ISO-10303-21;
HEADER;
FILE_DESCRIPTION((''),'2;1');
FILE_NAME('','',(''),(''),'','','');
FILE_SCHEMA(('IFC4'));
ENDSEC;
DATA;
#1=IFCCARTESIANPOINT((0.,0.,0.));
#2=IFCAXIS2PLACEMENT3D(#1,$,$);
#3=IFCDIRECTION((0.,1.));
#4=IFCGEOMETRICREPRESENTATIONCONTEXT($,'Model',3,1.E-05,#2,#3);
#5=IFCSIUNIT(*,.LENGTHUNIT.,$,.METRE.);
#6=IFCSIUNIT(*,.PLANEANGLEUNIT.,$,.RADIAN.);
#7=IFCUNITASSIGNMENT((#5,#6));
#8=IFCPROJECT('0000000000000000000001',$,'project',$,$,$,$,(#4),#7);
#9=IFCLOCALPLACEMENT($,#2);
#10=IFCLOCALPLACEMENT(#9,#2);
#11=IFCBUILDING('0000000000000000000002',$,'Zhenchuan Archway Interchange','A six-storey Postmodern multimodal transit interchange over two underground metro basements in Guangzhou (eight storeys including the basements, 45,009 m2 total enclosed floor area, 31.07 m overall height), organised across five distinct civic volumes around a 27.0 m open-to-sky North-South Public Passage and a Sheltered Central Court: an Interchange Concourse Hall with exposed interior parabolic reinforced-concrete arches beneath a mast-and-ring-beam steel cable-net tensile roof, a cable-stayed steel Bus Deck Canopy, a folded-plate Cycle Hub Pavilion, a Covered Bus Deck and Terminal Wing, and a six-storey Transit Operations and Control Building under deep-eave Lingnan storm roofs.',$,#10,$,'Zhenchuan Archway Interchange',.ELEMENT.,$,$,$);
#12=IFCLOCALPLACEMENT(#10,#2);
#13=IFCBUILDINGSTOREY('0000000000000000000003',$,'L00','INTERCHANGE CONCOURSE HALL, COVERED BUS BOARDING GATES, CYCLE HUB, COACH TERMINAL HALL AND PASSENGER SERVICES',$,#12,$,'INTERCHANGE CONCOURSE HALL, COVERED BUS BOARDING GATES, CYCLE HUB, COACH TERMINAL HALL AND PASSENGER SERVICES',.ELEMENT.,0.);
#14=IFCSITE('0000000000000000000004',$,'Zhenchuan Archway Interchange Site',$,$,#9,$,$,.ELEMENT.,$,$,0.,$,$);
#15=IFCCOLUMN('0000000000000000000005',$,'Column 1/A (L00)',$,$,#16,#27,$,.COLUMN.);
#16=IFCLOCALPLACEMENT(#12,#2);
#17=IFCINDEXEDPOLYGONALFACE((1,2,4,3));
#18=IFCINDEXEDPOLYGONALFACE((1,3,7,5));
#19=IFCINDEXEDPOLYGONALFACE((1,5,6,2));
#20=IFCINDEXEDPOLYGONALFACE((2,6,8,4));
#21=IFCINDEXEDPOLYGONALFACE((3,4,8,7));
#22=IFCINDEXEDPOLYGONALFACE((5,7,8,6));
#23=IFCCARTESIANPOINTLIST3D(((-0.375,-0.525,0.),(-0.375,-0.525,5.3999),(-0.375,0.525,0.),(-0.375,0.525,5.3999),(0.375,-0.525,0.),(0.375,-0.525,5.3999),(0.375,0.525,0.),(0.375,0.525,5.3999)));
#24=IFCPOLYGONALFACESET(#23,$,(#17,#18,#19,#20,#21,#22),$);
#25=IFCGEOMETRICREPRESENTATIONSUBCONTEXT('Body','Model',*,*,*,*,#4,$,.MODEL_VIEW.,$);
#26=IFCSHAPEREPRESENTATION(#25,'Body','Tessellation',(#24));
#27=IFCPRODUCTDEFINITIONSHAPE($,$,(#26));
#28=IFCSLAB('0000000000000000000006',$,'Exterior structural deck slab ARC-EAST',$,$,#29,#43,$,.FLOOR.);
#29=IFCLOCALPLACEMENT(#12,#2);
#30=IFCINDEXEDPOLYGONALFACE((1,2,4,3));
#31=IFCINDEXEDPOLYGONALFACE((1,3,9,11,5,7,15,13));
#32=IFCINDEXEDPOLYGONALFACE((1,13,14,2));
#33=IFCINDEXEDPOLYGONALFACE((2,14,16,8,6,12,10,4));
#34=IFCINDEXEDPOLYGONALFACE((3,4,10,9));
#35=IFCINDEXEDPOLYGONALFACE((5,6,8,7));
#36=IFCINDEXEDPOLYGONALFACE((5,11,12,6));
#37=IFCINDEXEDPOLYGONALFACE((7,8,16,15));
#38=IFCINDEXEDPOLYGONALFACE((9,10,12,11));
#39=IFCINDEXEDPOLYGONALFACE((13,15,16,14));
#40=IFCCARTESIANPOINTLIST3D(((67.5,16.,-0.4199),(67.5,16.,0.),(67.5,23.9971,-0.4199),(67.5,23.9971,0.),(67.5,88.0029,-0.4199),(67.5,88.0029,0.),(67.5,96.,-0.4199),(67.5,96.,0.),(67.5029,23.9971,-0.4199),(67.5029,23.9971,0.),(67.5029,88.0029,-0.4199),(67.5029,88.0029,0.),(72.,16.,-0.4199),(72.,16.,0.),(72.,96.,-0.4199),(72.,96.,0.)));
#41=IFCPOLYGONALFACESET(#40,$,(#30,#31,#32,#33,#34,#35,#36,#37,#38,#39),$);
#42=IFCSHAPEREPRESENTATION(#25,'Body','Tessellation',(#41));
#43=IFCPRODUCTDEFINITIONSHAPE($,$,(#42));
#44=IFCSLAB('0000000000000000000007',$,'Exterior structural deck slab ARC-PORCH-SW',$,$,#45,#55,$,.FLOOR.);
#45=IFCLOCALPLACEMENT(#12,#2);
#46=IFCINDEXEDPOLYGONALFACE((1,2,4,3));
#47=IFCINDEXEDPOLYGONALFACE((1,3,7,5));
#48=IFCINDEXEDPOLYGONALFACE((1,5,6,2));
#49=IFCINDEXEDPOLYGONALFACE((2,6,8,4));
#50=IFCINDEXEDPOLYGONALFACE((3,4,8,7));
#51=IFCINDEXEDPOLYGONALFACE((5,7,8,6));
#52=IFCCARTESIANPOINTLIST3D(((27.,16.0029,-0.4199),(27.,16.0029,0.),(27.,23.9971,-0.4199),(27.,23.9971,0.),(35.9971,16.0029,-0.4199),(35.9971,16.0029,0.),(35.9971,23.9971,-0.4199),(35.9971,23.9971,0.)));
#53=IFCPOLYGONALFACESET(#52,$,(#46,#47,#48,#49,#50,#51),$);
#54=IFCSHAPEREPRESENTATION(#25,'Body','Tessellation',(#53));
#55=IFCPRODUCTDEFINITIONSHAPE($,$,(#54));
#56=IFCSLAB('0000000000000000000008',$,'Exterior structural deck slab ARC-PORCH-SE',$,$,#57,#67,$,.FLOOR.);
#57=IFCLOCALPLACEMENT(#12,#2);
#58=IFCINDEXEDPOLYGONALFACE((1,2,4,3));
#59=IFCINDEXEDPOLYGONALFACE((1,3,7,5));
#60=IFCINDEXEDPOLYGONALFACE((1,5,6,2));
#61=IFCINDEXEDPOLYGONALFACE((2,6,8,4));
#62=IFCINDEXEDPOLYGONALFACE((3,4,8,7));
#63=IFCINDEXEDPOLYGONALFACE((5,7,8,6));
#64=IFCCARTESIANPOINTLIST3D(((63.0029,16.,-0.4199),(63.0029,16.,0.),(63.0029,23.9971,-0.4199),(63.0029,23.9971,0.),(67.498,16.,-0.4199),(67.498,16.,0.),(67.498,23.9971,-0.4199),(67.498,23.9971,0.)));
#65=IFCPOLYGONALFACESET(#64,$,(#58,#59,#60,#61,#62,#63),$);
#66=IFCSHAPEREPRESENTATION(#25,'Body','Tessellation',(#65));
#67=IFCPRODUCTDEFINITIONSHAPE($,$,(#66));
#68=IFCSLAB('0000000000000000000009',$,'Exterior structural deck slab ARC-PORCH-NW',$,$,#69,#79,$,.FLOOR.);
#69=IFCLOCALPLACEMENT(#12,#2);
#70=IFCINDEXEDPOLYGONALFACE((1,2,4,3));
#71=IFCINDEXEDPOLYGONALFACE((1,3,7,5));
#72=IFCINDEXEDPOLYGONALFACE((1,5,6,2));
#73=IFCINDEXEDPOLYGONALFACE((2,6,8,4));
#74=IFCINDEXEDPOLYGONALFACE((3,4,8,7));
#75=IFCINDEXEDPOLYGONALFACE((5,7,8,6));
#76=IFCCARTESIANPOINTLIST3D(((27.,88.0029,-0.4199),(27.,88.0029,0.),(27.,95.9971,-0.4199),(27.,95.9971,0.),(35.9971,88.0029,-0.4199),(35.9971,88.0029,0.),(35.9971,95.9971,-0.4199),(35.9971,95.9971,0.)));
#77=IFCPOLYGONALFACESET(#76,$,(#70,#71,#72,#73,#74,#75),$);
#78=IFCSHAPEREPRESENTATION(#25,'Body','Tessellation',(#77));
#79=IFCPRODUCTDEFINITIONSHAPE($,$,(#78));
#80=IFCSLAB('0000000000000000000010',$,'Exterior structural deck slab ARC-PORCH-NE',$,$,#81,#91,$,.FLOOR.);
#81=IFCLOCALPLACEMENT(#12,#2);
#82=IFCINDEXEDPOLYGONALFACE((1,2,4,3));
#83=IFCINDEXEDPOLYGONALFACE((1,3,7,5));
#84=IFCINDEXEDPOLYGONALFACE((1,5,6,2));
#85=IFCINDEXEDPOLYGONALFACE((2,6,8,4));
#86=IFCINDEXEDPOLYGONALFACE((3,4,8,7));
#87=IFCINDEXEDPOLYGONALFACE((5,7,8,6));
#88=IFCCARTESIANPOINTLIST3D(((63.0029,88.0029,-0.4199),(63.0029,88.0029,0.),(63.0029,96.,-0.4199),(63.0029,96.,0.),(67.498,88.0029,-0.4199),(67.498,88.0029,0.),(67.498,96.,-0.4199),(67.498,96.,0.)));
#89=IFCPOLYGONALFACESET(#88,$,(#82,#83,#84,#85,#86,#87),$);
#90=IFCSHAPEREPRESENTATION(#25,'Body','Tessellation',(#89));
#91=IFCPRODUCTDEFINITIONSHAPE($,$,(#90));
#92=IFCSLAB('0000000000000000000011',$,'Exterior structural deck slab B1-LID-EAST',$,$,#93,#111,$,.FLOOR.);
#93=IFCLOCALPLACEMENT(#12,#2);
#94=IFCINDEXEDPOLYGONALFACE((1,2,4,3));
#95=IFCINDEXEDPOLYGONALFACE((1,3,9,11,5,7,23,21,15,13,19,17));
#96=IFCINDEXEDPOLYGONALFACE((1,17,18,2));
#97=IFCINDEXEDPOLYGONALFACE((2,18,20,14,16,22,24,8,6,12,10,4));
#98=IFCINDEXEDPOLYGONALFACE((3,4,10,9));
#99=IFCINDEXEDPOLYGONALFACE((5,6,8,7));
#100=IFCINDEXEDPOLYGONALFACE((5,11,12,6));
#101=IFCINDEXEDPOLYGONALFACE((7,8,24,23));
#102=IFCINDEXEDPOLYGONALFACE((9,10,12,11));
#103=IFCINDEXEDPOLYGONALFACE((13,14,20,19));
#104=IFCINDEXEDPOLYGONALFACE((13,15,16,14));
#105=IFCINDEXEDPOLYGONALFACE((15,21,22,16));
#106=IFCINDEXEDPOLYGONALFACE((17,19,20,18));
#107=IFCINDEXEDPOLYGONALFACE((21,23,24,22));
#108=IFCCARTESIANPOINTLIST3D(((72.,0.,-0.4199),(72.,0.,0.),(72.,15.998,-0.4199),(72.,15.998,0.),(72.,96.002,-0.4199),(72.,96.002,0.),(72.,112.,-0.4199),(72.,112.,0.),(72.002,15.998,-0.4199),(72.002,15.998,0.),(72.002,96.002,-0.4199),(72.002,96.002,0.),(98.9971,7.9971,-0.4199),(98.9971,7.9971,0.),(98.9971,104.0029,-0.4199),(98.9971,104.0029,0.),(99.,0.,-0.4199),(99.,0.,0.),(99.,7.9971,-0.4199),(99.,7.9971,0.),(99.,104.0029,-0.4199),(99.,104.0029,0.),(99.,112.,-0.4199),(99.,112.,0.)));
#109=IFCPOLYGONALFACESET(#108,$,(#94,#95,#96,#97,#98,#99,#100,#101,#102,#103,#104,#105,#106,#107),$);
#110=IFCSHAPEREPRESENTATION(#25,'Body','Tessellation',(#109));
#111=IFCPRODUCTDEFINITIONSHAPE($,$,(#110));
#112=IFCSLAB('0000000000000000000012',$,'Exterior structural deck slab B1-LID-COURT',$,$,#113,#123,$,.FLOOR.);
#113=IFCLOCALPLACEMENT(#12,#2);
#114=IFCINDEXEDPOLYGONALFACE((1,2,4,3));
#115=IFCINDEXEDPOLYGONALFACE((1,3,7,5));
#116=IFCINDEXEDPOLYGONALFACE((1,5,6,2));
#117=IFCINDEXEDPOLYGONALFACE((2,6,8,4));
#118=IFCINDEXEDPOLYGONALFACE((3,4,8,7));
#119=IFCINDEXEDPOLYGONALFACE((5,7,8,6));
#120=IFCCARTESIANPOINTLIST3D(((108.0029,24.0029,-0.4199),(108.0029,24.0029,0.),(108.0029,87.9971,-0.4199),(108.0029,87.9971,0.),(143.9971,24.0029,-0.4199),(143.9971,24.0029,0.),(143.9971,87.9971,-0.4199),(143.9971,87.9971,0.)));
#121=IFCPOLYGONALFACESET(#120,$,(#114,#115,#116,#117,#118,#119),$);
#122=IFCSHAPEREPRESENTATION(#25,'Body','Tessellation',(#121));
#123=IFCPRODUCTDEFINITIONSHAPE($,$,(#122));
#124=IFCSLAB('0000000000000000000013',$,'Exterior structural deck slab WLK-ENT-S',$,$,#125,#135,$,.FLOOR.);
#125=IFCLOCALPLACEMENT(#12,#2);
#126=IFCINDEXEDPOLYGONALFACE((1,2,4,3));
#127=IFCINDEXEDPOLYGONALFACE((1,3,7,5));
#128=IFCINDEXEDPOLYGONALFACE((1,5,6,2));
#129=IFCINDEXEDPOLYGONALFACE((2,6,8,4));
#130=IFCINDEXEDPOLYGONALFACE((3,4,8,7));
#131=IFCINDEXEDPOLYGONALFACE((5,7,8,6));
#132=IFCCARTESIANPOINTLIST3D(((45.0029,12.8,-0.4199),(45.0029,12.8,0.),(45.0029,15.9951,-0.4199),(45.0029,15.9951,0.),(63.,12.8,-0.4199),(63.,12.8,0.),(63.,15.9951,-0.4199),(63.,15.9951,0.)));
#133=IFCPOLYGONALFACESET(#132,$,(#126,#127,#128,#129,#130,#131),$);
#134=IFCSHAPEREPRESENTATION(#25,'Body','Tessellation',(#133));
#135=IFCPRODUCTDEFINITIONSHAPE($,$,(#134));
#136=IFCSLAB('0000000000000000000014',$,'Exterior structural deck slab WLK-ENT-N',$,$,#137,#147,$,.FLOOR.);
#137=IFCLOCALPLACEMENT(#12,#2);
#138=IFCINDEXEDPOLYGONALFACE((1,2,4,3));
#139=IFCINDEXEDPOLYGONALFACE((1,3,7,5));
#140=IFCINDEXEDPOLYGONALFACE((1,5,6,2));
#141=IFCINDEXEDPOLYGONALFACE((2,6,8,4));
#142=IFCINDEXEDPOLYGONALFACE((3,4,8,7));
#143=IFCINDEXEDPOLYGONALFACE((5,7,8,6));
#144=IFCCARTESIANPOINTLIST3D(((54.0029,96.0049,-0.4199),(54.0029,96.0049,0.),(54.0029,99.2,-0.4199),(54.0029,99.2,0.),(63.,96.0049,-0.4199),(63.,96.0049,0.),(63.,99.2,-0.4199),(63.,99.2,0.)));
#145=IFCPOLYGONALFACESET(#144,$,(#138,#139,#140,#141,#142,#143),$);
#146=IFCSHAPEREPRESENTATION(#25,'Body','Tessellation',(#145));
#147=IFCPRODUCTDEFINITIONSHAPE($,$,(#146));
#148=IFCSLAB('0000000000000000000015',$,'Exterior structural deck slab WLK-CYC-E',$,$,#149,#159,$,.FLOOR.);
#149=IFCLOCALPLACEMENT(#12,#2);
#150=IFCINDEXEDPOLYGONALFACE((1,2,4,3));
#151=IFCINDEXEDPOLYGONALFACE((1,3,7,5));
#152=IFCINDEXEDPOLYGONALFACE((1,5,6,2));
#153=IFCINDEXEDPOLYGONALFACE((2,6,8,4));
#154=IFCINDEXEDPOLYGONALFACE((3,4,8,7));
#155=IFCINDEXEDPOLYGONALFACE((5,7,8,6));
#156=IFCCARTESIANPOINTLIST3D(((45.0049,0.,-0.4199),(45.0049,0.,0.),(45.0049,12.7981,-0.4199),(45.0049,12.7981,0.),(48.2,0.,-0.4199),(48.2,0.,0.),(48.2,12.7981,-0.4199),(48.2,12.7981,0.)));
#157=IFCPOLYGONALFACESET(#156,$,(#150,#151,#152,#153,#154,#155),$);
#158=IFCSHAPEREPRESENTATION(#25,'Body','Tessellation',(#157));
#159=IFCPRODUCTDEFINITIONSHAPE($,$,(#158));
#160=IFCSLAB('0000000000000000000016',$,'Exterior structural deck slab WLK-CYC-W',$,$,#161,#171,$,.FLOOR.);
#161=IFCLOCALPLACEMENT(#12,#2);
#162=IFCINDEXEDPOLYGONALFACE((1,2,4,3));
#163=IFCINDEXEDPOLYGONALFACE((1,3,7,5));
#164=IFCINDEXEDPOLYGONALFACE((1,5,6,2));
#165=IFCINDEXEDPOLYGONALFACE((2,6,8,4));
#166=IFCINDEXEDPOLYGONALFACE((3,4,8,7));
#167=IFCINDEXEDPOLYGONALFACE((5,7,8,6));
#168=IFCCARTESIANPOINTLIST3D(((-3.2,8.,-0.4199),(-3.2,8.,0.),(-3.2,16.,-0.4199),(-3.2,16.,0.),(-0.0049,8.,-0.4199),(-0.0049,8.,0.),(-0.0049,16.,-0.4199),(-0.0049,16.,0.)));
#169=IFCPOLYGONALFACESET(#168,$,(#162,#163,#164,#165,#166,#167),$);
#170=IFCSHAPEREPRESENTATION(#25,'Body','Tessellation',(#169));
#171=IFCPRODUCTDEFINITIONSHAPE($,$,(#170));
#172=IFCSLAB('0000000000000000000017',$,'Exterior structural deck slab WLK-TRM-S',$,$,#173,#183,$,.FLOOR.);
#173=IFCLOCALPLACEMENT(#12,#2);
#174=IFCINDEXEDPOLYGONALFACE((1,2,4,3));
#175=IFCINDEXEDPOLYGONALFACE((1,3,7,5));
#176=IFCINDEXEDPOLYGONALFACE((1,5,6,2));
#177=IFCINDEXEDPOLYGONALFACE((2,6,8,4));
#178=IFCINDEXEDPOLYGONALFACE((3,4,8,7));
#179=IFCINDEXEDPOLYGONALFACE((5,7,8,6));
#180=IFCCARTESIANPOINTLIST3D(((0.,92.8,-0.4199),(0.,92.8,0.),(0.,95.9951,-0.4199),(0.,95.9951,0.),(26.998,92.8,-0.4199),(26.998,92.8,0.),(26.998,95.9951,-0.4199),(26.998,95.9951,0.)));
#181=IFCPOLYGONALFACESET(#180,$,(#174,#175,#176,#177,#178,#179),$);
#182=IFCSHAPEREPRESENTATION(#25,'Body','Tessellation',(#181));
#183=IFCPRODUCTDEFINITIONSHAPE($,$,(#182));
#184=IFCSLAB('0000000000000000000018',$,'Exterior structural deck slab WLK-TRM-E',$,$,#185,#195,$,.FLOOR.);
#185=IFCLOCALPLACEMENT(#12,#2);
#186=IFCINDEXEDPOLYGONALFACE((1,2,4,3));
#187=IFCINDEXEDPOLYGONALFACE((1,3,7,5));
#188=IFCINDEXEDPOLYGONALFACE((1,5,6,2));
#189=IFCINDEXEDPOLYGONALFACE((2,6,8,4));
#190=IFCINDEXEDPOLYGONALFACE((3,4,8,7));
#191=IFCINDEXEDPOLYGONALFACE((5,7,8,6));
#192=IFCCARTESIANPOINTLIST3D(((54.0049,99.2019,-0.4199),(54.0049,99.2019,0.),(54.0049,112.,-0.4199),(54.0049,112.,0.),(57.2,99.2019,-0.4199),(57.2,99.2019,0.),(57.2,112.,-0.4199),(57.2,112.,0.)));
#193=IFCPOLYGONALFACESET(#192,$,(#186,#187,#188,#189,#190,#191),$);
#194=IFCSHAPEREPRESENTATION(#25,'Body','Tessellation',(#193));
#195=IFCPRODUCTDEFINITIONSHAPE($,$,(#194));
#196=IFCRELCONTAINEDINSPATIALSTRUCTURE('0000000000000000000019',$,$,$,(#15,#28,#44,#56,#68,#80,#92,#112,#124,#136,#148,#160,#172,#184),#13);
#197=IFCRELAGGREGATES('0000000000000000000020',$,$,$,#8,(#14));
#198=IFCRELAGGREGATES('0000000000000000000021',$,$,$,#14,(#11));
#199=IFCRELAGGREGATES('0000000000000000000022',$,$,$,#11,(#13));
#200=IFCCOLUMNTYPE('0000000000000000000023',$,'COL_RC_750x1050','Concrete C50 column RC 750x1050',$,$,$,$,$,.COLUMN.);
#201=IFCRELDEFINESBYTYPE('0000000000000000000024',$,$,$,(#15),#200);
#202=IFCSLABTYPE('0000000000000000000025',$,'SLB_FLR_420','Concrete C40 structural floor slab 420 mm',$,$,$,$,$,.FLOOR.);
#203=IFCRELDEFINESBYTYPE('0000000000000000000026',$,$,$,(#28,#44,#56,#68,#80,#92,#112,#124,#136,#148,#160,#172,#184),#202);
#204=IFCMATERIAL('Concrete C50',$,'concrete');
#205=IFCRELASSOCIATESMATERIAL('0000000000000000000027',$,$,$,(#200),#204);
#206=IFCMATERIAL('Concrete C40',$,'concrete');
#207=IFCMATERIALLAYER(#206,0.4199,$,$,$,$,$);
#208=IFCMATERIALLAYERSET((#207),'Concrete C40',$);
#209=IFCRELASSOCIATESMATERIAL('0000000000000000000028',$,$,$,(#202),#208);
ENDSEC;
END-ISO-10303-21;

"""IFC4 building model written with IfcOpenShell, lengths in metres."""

from ifc_helpers import new_model, si_unit, direction, frame, origin, origin_with_axes, origin_2d, place, context, subcontext, project, spatial, polyline, rectangle, outline, extrude, material, layer, layer_set, material_profile, profile_set, type_object, element, save


model = new_model("IFC4")

# Units and contexts
model_context = context("Model", 3, precision=1e-05, world=origin(), true_north=direction((0.0, 1.0)))
body_context = subcontext(model_context, "Body", "Model", "MODEL_VIEW")
ifc_project = project(units=[si_unit("LENGTHUNIT", "METRE"), si_unit("PLANEANGLEUNIT", "RADIAN")], contexts=[model_context])

# Site, building, storey
site_placement = place(None, origin())
site = spatial("IfcSite", under=ifc_project, at=site_placement, Name="Zhenchuan Archway Interchange Site", CompositionType="ELEMENT", RefElevation=0.0)
building_placement = place(site_placement, origin())
building = spatial("IfcBuilding", under=site, at=building_placement, Name="Zhenchuan Archway Interchange", Description="A six-storey Postmodern multimodal transit interchange over two underground metro basements in Guangzhou (eight storeys including the basements, 45,009 m2 total enclosed floor area, 31.07 m overall height), organised across five distinct civic volumes around a 27.0 m open-to-sky North-South Public Passage and a Sheltered Central Court: an Interchange Concourse Hall with exposed interior parabolic reinforced-concrete arches beneath a mast-and-ring-beam steel cable-net tensile roof, a cable-stayed steel Bus Deck Canopy, a folded-plate Cycle Hub Pavilion, a Covered Bus Deck and Terminal Wing, and a six-storey Transit Operations and Control Building under deep-eave Lingnan storm roofs.", LongName="Zhenchuan Archway Interchange", CompositionType="ELEMENT")
storey_placement = place(building_placement, origin())
storey = spatial("IfcBuildingStorey", under=building, at=storey_placement, Name="L00", Description="INTERCHANGE CONCOURSE HALL, COVERED BUS BOARDING GATES, CYCLE HUB, COACH TERMINAL HALL AND PASSENGER SERVICES", LongName="INTERCHANGE CONCOURSE HALL, COVERED BUS BOARDING GATES, CYCLE HUB, COACH TERMINAL HALL AND PASSENGER SERVICES", CompositionType="ELEMENT", Elevation=0.0)

# Column
ifc_material_1 = material(Name="Concrete C50", Category="concrete")
ifc_material_profile = material_profile(ifc_material_1, rectangle(XDim=0.75, YDim=1.05, at=origin_2d()), Name="RC 750x1050")
ifc_profile_set = profile_set([ifc_material_profile], Name="Concrete C50")
column_type = type_object("IfcColumnType", Name="COL_RC_750x1050", Description="Concrete C50 column RC 750x1050", PredefinedType="COLUMN", material=ifc_profile_set)
column_placement = place(storey_placement, origin_with_axes())
element("IfcColumn", 1, at=column_placement, inside=storey, type_object=column_type, Name="Column 1/A (L00)", PredefinedType="COLUMN", context=body_context, shape_type="SweptSolid", body=[
    extrude(rectangle(XDim=0.75, YDim=1.05, at=origin_2d()), origin(), (0.0, 0.0, 1.0), 5.3999),
])

# Slabs
ifc_material_2 = material(Name="Concrete C40", Category="concrete")
ifc_layer_1 = layer(ifc_material_2, 0.4199)
ifc_layer_set_1 = layer_set([ifc_layer_1], Name="Concrete C40")
slab_type_1 = type_object("IfcSlabType", Name="SLB_FLR_420", Description="Concrete C40 structural floor slab 420 mm", PredefinedType="FLOOR", material=ifc_layer_set_1)
slab_1_placement = place(storey_placement, frame((0.0, 0.0, -0.4199)))
element("IfcSlab", 2, at=slab_1_placement, inside=storey, type_object=slab_type_1, Name="Exterior structural deck slab ARC-EAST", PredefinedType="FLOOR", context=body_context, shape_type="SweptSolid", body=[
    extrude(outline(polyline([(67.5, 96.0), (72.0, 96.0), (72.0, 16.0), (67.5, 16.0), (67.5, 23.9971), (67.5029, 23.9971), (67.5029, 88.0029), (67.5, 88.0029), (67.5, 96.0)])), origin(), (0.0, 0.0, 1.0), 0.4199),
])
slab_2_placement = place(storey_placement, frame((0.0, 0.0, -0.4199)))
element("IfcSlab", 3, at=slab_2_placement, inside=storey, type_object=slab_type_1, Name="Exterior structural deck slab ARC-PORCH-SW", PredefinedType="FLOOR", context=body_context, shape_type="SweptSolid", body=[
    extrude(outline(polyline([(27.0, 23.9971), (35.9971, 23.9971), (35.9971, 16.0029), (27.0, 16.0029), (27.0, 23.9971)])), origin(), (0.0, 0.0, 1.0), 0.4199),
])
slab_3_placement = place(storey_placement, frame((0.0, 0.0, -0.4199)))
element("IfcSlab", 4, at=slab_3_placement, inside=storey, type_object=slab_type_1, Name="Exterior structural deck slab ARC-PORCH-SE", PredefinedType="FLOOR", context=body_context, shape_type="SweptSolid", body=[
    extrude(outline(polyline([(63.0029, 16.0), (63.0029, 23.9971), (67.498, 23.9971), (67.498, 16.0), (63.0029, 16.0)])), origin(), (0.0, 0.0, 1.0), 0.4199),
])
slab_4_placement = place(storey_placement, frame((0.0, 0.0, -0.4199)))
element("IfcSlab", 5, at=slab_4_placement, inside=storey, type_object=slab_type_1, Name="Exterior structural deck slab ARC-PORCH-NW", PredefinedType="FLOOR", context=body_context, shape_type="SweptSolid", body=[
    extrude(outline(polyline([(27.0, 95.9971), (35.9971, 95.9971), (35.9971, 88.0029), (27.0, 88.0029), (27.0, 95.9971)])), origin(), (0.0, 0.0, 1.0), 0.4199),
])
slab_5_placement = place(storey_placement, frame((0.0, 0.0, -0.4199)))
element("IfcSlab", 6, at=slab_5_placement, inside=storey, type_object=slab_type_1, Name="Exterior structural deck slab ARC-PORCH-NE", PredefinedType="FLOOR", context=body_context, shape_type="SweptSolid", body=[
    extrude(outline(polyline([(67.498, 96.0), (67.498, 88.0029), (63.0029, 88.0029), (63.0029, 96.0), (67.498, 96.0)])), origin(), (0.0, 0.0, 1.0), 0.4199),
])
slab_6_placement = place(storey_placement, frame((0.0, 0.0, -0.4199)))
element("IfcSlab", 7, at=slab_6_placement, inside=storey, type_object=slab_type_1, Name="Exterior structural deck slab B1-LID-EAST", PredefinedType="FLOOR", context=body_context, shape_type="SweptSolid", body=[
    extrude(outline(polyline([(99.0, 0.0), (72.0, 0.0), (72.0, 15.998), (72.002, 15.998), (72.002, 96.002), (72.0, 96.002), (72.0, 112.0), (99.0, 112.0), (99.0, 104.0029), (98.9971, 104.0029), (98.9971, 7.9971), (99.0, 7.9971), (99.0, 0.0)])), origin(), (0.0, 0.0, 1.0), 0.4199),
])
slab_7_placement = place(storey_placement, frame((0.0, 0.0, -0.4199)))
element("IfcSlab", 8, at=slab_7_placement, inside=storey, type_object=slab_type_1, Name="Exterior structural deck slab B1-LID-COURT", PredefinedType="FLOOR", context=body_context, shape_type="SweptSolid", body=[
    extrude(outline(polyline([(143.9971, 24.0029), (108.0029, 24.0029), (108.0029, 87.9971), (143.9971, 87.9971), (143.9971, 24.0029)])), origin(), (0.0, 0.0, 1.0), 0.4199),
])
slab_8_placement = place(storey_placement, frame((0.0, 0.0, -0.4199)))
element("IfcSlab", 9, at=slab_8_placement, inside=storey, type_object=slab_type_1, Name="Exterior structural deck slab WLK-ENT-S", PredefinedType="FLOOR", context=body_context, shape_type="SweptSolid", body=[
    extrude(outline(polyline([(63.0, 15.9951), (63.0, 12.8), (45.0029, 12.8), (45.0029, 15.9951), (63.0, 15.9951)])), origin(), (0.0, 0.0, 1.0), 0.4199),
])
slab_9_placement = place(storey_placement, frame((0.0, 0.0, -0.4199)))
element("IfcSlab", 10, at=slab_9_placement, inside=storey, type_object=slab_type_1, Name="Exterior structural deck slab WLK-ENT-N", PredefinedType="FLOOR", context=body_context, shape_type="SweptSolid", body=[
    extrude(outline(polyline([(63.0, 99.2), (63.0, 96.0049), (54.0029, 96.0049), (54.0029, 99.2), (63.0, 99.2)])), origin(), (0.0, 0.0, 1.0), 0.4199),
])
slab_10_placement = place(storey_placement, frame((0.0, 0.0, -0.4199)))
element("IfcSlab", 11, at=slab_10_placement, inside=storey, type_object=slab_type_1, Name="Exterior structural deck slab WLK-CYC-E", PredefinedType="FLOOR", context=body_context, shape_type="SweptSolid", body=[
    extrude(outline(polyline([(48.2, 0.0), (45.0049, 0.0), (45.0049, 12.7981), (48.2, 12.7981), (48.2, 0.0)])), origin(), (0.0, 0.0, 1.0), 0.4199),
])
slab_11_placement = place(storey_placement, frame((0.0, 0.0, -0.4199)))
element("IfcSlab", 12, at=slab_11_placement, inside=storey, type_object=slab_type_1, Name="Exterior structural deck slab WLK-CYC-W", PredefinedType="FLOOR", context=body_context, shape_type="SweptSolid", body=[
    extrude(outline(polyline([(-3.2, 8.0), (-3.2, 16.0), (-0.0049, 16.0), (-0.0049, 8.0), (-3.2, 8.0)])), origin(), (0.0, 0.0, 1.0), 0.4199),
])
slab_12_placement = place(storey_placement, frame((0.0, 0.0, -0.4199)))
element("IfcSlab", 13, at=slab_12_placement, inside=storey, type_object=slab_type_1, Name="Exterior structural deck slab WLK-TRM-S", PredefinedType="FLOOR", context=body_context, shape_type="SweptSolid", body=[
    extrude(outline(polyline([(0.0, 92.8), (0.0, 95.9951), (26.998, 95.9951), (26.998, 92.8), (0.0, 92.8)])), origin(), (0.0, 0.0, 1.0), 0.4199),
])
slab_13_placement = place(storey_placement, frame((0.0, 0.0, -0.4199)))
element("IfcSlab", 14, at=slab_13_placement, inside=storey, type_object=slab_type_1, Name="Exterior structural deck slab WLK-TRM-E", PredefinedType="FLOOR", context=body_context, shape_type="SweptSolid", body=[
    extrude(outline(polyline([(54.0049, 112.0), (57.2, 112.0), (57.2, 99.2019), (54.0049, 99.2019), (54.0049, 112.0)])), origin(), (0.0, 0.0, 1.0), 0.4199),
])

save(model, "model.ifc")
